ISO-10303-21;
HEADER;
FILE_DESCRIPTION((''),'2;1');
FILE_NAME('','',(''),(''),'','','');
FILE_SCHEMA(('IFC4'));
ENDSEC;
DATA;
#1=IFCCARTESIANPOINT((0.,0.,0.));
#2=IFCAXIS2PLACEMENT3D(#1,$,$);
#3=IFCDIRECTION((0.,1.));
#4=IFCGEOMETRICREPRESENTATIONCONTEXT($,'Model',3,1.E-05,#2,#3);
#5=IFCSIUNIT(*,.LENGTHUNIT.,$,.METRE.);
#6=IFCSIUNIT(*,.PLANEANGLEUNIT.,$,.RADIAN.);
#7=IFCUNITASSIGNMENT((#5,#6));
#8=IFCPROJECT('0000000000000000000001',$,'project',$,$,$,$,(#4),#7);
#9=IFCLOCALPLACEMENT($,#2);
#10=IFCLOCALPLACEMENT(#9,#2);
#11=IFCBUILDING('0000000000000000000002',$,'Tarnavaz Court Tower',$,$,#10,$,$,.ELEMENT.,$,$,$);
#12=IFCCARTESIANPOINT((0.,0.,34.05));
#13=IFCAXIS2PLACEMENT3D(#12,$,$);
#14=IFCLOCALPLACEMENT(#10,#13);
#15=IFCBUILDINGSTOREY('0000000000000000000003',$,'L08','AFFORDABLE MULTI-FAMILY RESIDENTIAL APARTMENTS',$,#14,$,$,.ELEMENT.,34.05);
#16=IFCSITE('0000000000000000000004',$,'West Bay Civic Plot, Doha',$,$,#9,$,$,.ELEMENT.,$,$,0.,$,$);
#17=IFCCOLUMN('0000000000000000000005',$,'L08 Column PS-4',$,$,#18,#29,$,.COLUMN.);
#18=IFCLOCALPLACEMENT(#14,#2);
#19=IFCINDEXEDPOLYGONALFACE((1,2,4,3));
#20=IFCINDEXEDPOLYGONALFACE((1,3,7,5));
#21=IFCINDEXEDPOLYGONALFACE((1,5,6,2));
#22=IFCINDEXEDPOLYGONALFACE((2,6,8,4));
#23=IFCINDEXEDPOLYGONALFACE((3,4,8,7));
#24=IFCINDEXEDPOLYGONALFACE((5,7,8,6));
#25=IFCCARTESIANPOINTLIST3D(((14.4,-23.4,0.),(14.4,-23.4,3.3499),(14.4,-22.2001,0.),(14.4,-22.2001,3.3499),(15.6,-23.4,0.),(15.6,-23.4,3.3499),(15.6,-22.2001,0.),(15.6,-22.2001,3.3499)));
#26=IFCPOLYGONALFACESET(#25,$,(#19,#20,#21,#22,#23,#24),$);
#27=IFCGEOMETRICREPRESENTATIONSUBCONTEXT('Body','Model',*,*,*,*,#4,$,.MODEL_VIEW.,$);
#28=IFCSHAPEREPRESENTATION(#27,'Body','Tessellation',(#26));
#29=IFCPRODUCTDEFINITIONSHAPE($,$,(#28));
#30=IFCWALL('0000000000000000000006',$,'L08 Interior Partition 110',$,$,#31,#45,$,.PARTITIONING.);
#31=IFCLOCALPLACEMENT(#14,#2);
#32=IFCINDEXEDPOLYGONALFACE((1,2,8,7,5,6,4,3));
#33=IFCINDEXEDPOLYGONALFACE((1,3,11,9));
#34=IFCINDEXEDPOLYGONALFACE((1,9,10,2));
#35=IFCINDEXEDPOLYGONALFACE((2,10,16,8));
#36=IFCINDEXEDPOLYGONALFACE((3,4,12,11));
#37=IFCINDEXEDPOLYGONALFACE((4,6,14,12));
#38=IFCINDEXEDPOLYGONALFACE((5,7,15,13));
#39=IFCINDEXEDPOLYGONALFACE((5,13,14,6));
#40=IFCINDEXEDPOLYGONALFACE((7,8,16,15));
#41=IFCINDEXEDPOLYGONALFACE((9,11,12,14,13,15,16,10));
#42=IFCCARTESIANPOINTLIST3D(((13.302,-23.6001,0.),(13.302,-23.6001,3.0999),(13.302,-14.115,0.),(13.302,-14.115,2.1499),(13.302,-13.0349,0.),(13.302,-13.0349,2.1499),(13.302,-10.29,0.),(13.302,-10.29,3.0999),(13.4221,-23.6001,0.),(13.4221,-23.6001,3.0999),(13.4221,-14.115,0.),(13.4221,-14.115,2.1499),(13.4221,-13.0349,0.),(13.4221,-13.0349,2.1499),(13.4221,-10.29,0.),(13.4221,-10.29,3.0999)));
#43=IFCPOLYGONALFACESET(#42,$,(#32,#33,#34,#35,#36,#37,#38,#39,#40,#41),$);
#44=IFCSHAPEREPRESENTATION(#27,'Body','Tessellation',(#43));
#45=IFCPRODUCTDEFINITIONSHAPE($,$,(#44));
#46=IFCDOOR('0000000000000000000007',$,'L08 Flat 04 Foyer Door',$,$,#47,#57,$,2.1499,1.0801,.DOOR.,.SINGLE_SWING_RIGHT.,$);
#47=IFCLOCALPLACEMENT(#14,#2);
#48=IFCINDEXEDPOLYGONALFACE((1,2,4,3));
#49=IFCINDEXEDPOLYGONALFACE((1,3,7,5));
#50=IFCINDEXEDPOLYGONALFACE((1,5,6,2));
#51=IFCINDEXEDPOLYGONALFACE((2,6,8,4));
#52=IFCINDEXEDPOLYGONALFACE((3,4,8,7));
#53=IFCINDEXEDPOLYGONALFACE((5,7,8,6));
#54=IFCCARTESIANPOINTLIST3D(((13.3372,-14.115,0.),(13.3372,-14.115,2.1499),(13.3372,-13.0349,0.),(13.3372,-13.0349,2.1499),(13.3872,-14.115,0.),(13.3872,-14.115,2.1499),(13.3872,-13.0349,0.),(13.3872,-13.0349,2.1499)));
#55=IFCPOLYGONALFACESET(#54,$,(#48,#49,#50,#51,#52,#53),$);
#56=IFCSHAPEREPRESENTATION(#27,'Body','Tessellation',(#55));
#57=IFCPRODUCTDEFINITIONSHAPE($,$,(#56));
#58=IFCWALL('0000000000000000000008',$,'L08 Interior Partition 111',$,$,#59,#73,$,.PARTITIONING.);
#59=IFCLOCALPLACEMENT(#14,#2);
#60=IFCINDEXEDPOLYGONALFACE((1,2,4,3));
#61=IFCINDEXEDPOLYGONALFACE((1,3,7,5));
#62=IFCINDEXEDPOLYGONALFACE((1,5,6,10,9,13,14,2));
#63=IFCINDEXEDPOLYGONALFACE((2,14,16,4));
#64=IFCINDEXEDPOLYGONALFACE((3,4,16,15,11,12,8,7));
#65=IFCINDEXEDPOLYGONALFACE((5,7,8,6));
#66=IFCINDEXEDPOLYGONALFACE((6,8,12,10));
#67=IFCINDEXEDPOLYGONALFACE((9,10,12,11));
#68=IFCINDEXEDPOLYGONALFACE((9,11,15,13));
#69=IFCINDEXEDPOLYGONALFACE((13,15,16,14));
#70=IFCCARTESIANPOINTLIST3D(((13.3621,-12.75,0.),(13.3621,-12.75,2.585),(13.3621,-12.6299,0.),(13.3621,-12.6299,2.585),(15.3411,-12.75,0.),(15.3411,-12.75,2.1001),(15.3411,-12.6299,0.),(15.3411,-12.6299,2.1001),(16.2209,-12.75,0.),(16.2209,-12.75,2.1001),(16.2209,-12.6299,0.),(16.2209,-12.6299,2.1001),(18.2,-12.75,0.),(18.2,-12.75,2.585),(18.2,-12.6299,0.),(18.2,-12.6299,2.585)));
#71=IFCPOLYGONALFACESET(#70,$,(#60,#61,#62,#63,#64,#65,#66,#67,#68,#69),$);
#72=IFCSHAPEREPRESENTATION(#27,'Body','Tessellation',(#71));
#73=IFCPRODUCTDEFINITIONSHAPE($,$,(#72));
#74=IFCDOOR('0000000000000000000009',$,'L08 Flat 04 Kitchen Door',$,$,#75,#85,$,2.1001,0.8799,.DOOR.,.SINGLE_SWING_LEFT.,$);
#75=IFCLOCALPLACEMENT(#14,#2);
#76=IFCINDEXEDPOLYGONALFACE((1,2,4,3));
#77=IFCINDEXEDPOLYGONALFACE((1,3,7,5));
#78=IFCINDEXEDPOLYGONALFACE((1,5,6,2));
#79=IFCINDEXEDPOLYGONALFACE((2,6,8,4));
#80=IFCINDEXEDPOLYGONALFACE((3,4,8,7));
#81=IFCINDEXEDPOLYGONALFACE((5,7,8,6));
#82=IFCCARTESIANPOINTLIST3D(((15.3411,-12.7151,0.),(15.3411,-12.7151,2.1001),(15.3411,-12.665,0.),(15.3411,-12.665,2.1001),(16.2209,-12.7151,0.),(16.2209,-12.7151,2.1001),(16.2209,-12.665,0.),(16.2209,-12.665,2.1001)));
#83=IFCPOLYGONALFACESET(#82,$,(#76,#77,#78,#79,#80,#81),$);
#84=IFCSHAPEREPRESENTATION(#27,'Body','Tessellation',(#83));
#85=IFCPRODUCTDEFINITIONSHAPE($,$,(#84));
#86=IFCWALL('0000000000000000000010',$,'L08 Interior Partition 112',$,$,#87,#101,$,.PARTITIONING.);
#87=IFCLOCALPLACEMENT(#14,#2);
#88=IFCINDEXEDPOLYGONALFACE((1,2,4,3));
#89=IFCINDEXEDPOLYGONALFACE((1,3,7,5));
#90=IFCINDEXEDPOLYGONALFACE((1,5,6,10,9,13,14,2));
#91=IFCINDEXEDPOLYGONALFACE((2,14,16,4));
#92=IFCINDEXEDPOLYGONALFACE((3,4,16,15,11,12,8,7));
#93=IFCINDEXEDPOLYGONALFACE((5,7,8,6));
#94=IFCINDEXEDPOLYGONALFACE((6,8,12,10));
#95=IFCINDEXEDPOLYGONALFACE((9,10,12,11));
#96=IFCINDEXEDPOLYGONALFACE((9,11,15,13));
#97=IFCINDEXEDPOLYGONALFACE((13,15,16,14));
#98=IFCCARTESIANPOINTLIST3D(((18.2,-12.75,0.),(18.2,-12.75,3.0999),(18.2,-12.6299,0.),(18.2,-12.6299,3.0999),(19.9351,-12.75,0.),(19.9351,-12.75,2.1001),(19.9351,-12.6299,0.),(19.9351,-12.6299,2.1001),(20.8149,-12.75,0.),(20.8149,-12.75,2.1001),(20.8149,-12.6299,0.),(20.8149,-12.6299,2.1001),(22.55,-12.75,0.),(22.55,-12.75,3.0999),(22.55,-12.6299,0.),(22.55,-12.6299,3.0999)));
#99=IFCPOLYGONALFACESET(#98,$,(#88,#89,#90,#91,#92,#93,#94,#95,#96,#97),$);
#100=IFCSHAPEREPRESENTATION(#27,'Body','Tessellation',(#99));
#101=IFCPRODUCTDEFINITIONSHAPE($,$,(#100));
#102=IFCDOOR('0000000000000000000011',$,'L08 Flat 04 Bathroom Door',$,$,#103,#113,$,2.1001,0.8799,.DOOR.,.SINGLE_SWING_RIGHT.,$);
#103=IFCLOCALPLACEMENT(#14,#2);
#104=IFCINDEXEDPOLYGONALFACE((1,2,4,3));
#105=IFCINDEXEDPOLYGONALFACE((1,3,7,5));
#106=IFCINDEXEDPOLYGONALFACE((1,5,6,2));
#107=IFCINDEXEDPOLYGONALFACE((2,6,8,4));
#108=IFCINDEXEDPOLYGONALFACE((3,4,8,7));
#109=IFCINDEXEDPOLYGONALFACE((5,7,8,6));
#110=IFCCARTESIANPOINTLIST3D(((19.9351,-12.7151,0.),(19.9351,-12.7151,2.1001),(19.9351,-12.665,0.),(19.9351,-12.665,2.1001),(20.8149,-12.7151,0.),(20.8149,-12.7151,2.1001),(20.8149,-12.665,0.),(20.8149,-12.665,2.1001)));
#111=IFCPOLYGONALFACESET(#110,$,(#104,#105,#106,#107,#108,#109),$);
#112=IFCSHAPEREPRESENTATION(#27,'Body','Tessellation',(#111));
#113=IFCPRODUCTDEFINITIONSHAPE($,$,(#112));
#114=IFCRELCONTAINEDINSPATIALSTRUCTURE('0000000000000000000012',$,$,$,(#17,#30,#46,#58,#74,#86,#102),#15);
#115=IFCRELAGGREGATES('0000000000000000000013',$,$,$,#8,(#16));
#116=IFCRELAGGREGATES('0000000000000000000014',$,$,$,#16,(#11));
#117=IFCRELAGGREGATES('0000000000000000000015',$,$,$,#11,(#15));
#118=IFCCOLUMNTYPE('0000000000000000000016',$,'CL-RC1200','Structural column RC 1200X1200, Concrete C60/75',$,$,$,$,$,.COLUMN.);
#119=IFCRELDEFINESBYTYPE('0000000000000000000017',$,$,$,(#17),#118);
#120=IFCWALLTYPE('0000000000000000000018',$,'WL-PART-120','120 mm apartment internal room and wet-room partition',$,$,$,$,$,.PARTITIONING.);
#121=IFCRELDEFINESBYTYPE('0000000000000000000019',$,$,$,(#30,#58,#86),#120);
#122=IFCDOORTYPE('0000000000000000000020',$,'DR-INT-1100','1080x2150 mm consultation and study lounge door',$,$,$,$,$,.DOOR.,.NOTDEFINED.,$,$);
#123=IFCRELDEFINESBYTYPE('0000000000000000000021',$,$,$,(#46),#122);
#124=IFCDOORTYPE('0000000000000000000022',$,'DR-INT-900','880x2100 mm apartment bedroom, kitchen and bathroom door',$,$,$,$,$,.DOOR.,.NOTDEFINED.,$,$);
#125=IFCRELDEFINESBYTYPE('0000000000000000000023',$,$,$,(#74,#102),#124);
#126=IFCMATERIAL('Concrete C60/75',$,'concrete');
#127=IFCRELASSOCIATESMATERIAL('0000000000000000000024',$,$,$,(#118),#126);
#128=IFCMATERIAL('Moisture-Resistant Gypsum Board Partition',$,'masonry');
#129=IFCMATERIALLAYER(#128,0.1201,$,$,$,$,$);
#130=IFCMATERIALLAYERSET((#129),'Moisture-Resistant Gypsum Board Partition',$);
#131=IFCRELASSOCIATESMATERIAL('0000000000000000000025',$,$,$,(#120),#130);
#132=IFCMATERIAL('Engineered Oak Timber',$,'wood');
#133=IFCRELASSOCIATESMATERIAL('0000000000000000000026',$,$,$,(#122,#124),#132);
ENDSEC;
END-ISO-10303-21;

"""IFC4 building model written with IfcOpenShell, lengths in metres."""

from ifc_helpers import new_model, si_unit, direction, frame, frame_2d, origin, origin_2d, place, context, subcontext, project, spatial, rectangle, extrude, material, layer, layer_set, material_profile, profile_set, type_object, element, fill, save


model = new_model("IFC4")

# Units and contexts
model_context = context("Model", 3, precision=1e-05, world=origin(), true_north=direction((0.0, 1.0)))
body_context = subcontext(model_context, "Body", "Model", "MODEL_VIEW")
ifc_project = project(units=[si_unit("LENGTHUNIT", "METRE"), si_unit("PLANEANGLEUNIT", "RADIAN")], contexts=[model_context])

# Site, building, storey
site_placement = place(None, origin())
site = spatial("IfcSite", under=ifc_project, at=site_placement, Name="West Bay Civic Plot, Doha", CompositionType="ELEMENT", RefElevation=0.0)
building_placement = place(site_placement, origin())
building = spatial("IfcBuilding", under=site, at=building_placement, Name="Tarnavaz Court Tower", CompositionType="ELEMENT")
storey_placement = place(building_placement, frame((0.0, 0.0, 34.05)))
storey = spatial("IfcBuildingStorey", under=building, at=storey_placement, Name="L08", Description="AFFORDABLE MULTI-FAMILY RESIDENTIAL APARTMENTS", CompositionType="ELEMENT", Elevation=34.05)

# Column
ifc_material_1 = material(Name="Concrete C60/75", Category="concrete")
ifc_material_profile_1 = material_profile(ifc_material_1, rectangle(XDim=1.2, YDim=1.2, at=origin_2d()), Name="RC 1200X1200")
ifc_profile_set_1 = profile_set([ifc_material_profile_1], Name="Concrete C60/75")
column_type = type_object("IfcColumnType", Name="CL-RC1200", Description="Structural column RC 1200X1200, Concrete C60/75", PredefinedType="COLUMN", material=ifc_profile_set_1)
column_placement = place(storey_placement, frame((15.0, -22.8, 0.0), z_axis=(0.0, 0.0, 1.0), x_axis=(1.0, 0.0, 0.0)))
element("IfcColumn", 1, at=column_placement, inside=storey, type_object=column_type, Name="L08 Column PS-4", PredefinedType="COLUMN", context=body_context, shape_type="SweptSolid", body=[
    extrude(rectangle(XDim=1.2, YDim=1.2, at=origin_2d()), origin(), (0.0, 0.0, 1.0), 3.3499),
])

# Walls, openings, doors
ifc_material_2 = material(Name="Moisture-Resistant Gypsum Board Partition", Category="masonry")
ifc_layer_1 = layer(ifc_material_2, 0.1201)
ifc_layer_set_1 = layer_set([ifc_layer_1], Name="Moisture-Resistant Gypsum Board Partition")
wall_type_1 = type_object("IfcWallType", Name="WL-PART-120", Description="120 mm apartment internal room and wet-room partition", PredefinedType="PARTITIONING", material=ifc_layer_set_1)
wall_1_placement = place(storey_placement, frame((13.3621, -23.6001, 0.0), z_axis=(0.0, 0.0, 1.0), x_axis=(0.0, 1.0, 0.0)))
wall_1 = element("IfcWall", 2, at=wall_1_placement, inside=storey, type_object=wall_type_1, Name="L08 Interior Partition 110", PredefinedType="PARTITIONING", context=body_context, shape_type="SweptSolid", body=[
    extrude(rectangle(XDim=13.3101, YDim=0.1201, at=frame_2d((6.655, 0.0))), origin(), (0.0, 0.0, 1.0), 3.0999),
])
opening_1_placement = place(wall_1_placement, frame((9.4851, 0.0, 0.0)))
opening_1 = element("IfcOpeningElement", 3, at=opening_1_placement, cuts=wall_1, PredefinedType="OPENING", context=body_context, shape_type="SweptSolid", body=[
    extrude(rectangle(XDim=1.0801, YDim=2.1499, at=frame_2d((0.54, 1.075))), frame((0.0, 0.0701, 0.0), z_axis=(0.0, -1.0, 0.0), x_axis=(1.0, 0.0, 0.0)), (0.0, 0.0, 1.0), 0.1401),
])
ifc_material_3 = material(Name="Engineered Oak Timber", Category="wood")
door_type_1 = type_object("IfcDoorType", Name="DR-INT-1100", Description="1080x2150 mm consultation and study lounge door", OperationType="NOTDEFINED", PredefinedType="DOOR", material=ifc_material_3)
door_1_placement = place(opening_1_placement, origin())
door_1 = element("IfcDoor", 4, at=door_1_placement, inside=storey, type_object=door_type_1, Name="L08 Flat 04 Foyer Door", OperationType="SINGLE_SWING_RIGHT", OverallHeight=2.1499, OverallWidth=1.0801, PredefinedType="DOOR", context=body_context, shape_type="SweptSolid", body=[
    extrude(rectangle(XDim=1.0801, YDim=2.1499, at=frame_2d((0.54, 1.075))), frame((0.0, 0.0249, 0.0), z_axis=(0.0, -1.0, 0.0), x_axis=(1.0, 0.0, 0.0)), (0.0, 0.0, 1.0), 0.05),
])
fill(opening_1, door_1)
wall_2_placement = place(storey_placement, frame((13.3621, -12.6899, 0.0), z_axis=(0.0, 0.0, 1.0), x_axis=(1.0, 0.0, 0.0)))
wall_2 = element("IfcWall", 5, at=wall_2_placement, inside=storey, type_object=wall_type_1, Name="L08 Interior Partition 111", PredefinedType="PARTITIONING", context=body_context, shape_type="SweptSolid", body=[
    extrude(rectangle(XDim=4.8379, YDim=0.1201, at=frame_2d((2.4189, 0.0))), origin(), (0.0, 0.0, 1.0), 2.585),
])
opening_2_placement = place(wall_2_placement, frame((1.979, 0.0, 0.0)))
opening_2 = element("IfcOpeningElement", 6, at=opening_2_placement, cuts=wall_2, PredefinedType="OPENING", context=body_context, shape_type="SweptSolid", body=[
    extrude(rectangle(XDim=0.8799, YDim=2.1001, at=frame_2d((0.4399, 1.05))), frame((0.0, 0.0701, 0.0), z_axis=(0.0, -1.0, 0.0), x_axis=(1.0, 0.0, 0.0)), (0.0, 0.0, 1.0), 0.1401),
])
door_type_2 = type_object("IfcDoorType", Name="DR-INT-900", Description="880x2100 mm apartment bedroom, kitchen and bathroom door", OperationType="NOTDEFINED", PredefinedType="DOOR", material=ifc_material_3)
door_2_placement = place(opening_2_placement, origin())
door_2 = element("IfcDoor", 7, at=door_2_placement, inside=storey, type_object=door_type_2, Name="L08 Flat 04 Kitchen Door", OperationType="SINGLE_SWING_LEFT", OverallHeight=2.1001, OverallWidth=0.8799, PredefinedType="DOOR", context=body_context, shape_type="SweptSolid", body=[
    extrude(rectangle(XDim=0.8799, YDim=2.1001, at=frame_2d((0.4399, 1.05))), frame((0.0, 0.0249, 0.0), z_axis=(0.0, -1.0, 0.0), x_axis=(1.0, 0.0, 0.0)), (0.0, 0.0, 1.0), 0.05),
])
fill(opening_2, door_2)
wall_3_placement = place(storey_placement, frame((18.2, -12.6899, 0.0), z_axis=(0.0, 0.0, 1.0), x_axis=(1.0, 0.0, 0.0)))
wall_3 = element("IfcWall", 8, at=wall_3_placement, inside=storey, type_object=wall_type_1, Name="L08 Interior Partition 112", PredefinedType="PARTITIONING", context=body_context, shape_type="SweptSolid", body=[
    extrude(rectangle(XDim=4.3501, YDim=0.1201, at=frame_2d((2.175, 0.0))), origin(), (0.0, 0.0, 1.0), 3.0999),
])
opening_3_placement = place(wall_3_placement, frame((1.7351, 0.0, 0.0)))
opening_3 = element("IfcOpeningElement", 9, at=opening_3_placement, cuts=wall_3, PredefinedType="OPENING", context=body_context, shape_type="SweptSolid", body=[
    extrude(rectangle(XDim=0.8799, YDim=2.1001, at=frame_2d((0.4399, 1.05))), frame((0.0, 0.0701, 0.0), z_axis=(0.0, -1.0, 0.0), x_axis=(1.0, 0.0, 0.0)), (0.0, 0.0, 1.0), 0.1401),
])
door_3_placement = place(opening_3_placement, origin())
door_3 = element("IfcDoor", 10, at=door_3_placement, inside=storey, type_object=door_type_2, Name="L08 Flat 04 Bathroom Door", OperationType="SINGLE_SWING_RIGHT", OverallHeight=2.1001, OverallWidth=0.8799, PredefinedType="DOOR", context=body_context, shape_type="SweptSolid", body=[
    extrude(rectangle(XDim=0.8799, YDim=2.1001, at=frame_2d((0.4399, 1.05))), frame((0.0, 0.0249, 0.0), z_axis=(0.0, -1.0, 0.0), x_axis=(1.0, 0.0, 0.0)), (0.0, 0.0, 1.0), 0.05),
])
fill(opening_3, door_3)

save(model, "model.ifc")
